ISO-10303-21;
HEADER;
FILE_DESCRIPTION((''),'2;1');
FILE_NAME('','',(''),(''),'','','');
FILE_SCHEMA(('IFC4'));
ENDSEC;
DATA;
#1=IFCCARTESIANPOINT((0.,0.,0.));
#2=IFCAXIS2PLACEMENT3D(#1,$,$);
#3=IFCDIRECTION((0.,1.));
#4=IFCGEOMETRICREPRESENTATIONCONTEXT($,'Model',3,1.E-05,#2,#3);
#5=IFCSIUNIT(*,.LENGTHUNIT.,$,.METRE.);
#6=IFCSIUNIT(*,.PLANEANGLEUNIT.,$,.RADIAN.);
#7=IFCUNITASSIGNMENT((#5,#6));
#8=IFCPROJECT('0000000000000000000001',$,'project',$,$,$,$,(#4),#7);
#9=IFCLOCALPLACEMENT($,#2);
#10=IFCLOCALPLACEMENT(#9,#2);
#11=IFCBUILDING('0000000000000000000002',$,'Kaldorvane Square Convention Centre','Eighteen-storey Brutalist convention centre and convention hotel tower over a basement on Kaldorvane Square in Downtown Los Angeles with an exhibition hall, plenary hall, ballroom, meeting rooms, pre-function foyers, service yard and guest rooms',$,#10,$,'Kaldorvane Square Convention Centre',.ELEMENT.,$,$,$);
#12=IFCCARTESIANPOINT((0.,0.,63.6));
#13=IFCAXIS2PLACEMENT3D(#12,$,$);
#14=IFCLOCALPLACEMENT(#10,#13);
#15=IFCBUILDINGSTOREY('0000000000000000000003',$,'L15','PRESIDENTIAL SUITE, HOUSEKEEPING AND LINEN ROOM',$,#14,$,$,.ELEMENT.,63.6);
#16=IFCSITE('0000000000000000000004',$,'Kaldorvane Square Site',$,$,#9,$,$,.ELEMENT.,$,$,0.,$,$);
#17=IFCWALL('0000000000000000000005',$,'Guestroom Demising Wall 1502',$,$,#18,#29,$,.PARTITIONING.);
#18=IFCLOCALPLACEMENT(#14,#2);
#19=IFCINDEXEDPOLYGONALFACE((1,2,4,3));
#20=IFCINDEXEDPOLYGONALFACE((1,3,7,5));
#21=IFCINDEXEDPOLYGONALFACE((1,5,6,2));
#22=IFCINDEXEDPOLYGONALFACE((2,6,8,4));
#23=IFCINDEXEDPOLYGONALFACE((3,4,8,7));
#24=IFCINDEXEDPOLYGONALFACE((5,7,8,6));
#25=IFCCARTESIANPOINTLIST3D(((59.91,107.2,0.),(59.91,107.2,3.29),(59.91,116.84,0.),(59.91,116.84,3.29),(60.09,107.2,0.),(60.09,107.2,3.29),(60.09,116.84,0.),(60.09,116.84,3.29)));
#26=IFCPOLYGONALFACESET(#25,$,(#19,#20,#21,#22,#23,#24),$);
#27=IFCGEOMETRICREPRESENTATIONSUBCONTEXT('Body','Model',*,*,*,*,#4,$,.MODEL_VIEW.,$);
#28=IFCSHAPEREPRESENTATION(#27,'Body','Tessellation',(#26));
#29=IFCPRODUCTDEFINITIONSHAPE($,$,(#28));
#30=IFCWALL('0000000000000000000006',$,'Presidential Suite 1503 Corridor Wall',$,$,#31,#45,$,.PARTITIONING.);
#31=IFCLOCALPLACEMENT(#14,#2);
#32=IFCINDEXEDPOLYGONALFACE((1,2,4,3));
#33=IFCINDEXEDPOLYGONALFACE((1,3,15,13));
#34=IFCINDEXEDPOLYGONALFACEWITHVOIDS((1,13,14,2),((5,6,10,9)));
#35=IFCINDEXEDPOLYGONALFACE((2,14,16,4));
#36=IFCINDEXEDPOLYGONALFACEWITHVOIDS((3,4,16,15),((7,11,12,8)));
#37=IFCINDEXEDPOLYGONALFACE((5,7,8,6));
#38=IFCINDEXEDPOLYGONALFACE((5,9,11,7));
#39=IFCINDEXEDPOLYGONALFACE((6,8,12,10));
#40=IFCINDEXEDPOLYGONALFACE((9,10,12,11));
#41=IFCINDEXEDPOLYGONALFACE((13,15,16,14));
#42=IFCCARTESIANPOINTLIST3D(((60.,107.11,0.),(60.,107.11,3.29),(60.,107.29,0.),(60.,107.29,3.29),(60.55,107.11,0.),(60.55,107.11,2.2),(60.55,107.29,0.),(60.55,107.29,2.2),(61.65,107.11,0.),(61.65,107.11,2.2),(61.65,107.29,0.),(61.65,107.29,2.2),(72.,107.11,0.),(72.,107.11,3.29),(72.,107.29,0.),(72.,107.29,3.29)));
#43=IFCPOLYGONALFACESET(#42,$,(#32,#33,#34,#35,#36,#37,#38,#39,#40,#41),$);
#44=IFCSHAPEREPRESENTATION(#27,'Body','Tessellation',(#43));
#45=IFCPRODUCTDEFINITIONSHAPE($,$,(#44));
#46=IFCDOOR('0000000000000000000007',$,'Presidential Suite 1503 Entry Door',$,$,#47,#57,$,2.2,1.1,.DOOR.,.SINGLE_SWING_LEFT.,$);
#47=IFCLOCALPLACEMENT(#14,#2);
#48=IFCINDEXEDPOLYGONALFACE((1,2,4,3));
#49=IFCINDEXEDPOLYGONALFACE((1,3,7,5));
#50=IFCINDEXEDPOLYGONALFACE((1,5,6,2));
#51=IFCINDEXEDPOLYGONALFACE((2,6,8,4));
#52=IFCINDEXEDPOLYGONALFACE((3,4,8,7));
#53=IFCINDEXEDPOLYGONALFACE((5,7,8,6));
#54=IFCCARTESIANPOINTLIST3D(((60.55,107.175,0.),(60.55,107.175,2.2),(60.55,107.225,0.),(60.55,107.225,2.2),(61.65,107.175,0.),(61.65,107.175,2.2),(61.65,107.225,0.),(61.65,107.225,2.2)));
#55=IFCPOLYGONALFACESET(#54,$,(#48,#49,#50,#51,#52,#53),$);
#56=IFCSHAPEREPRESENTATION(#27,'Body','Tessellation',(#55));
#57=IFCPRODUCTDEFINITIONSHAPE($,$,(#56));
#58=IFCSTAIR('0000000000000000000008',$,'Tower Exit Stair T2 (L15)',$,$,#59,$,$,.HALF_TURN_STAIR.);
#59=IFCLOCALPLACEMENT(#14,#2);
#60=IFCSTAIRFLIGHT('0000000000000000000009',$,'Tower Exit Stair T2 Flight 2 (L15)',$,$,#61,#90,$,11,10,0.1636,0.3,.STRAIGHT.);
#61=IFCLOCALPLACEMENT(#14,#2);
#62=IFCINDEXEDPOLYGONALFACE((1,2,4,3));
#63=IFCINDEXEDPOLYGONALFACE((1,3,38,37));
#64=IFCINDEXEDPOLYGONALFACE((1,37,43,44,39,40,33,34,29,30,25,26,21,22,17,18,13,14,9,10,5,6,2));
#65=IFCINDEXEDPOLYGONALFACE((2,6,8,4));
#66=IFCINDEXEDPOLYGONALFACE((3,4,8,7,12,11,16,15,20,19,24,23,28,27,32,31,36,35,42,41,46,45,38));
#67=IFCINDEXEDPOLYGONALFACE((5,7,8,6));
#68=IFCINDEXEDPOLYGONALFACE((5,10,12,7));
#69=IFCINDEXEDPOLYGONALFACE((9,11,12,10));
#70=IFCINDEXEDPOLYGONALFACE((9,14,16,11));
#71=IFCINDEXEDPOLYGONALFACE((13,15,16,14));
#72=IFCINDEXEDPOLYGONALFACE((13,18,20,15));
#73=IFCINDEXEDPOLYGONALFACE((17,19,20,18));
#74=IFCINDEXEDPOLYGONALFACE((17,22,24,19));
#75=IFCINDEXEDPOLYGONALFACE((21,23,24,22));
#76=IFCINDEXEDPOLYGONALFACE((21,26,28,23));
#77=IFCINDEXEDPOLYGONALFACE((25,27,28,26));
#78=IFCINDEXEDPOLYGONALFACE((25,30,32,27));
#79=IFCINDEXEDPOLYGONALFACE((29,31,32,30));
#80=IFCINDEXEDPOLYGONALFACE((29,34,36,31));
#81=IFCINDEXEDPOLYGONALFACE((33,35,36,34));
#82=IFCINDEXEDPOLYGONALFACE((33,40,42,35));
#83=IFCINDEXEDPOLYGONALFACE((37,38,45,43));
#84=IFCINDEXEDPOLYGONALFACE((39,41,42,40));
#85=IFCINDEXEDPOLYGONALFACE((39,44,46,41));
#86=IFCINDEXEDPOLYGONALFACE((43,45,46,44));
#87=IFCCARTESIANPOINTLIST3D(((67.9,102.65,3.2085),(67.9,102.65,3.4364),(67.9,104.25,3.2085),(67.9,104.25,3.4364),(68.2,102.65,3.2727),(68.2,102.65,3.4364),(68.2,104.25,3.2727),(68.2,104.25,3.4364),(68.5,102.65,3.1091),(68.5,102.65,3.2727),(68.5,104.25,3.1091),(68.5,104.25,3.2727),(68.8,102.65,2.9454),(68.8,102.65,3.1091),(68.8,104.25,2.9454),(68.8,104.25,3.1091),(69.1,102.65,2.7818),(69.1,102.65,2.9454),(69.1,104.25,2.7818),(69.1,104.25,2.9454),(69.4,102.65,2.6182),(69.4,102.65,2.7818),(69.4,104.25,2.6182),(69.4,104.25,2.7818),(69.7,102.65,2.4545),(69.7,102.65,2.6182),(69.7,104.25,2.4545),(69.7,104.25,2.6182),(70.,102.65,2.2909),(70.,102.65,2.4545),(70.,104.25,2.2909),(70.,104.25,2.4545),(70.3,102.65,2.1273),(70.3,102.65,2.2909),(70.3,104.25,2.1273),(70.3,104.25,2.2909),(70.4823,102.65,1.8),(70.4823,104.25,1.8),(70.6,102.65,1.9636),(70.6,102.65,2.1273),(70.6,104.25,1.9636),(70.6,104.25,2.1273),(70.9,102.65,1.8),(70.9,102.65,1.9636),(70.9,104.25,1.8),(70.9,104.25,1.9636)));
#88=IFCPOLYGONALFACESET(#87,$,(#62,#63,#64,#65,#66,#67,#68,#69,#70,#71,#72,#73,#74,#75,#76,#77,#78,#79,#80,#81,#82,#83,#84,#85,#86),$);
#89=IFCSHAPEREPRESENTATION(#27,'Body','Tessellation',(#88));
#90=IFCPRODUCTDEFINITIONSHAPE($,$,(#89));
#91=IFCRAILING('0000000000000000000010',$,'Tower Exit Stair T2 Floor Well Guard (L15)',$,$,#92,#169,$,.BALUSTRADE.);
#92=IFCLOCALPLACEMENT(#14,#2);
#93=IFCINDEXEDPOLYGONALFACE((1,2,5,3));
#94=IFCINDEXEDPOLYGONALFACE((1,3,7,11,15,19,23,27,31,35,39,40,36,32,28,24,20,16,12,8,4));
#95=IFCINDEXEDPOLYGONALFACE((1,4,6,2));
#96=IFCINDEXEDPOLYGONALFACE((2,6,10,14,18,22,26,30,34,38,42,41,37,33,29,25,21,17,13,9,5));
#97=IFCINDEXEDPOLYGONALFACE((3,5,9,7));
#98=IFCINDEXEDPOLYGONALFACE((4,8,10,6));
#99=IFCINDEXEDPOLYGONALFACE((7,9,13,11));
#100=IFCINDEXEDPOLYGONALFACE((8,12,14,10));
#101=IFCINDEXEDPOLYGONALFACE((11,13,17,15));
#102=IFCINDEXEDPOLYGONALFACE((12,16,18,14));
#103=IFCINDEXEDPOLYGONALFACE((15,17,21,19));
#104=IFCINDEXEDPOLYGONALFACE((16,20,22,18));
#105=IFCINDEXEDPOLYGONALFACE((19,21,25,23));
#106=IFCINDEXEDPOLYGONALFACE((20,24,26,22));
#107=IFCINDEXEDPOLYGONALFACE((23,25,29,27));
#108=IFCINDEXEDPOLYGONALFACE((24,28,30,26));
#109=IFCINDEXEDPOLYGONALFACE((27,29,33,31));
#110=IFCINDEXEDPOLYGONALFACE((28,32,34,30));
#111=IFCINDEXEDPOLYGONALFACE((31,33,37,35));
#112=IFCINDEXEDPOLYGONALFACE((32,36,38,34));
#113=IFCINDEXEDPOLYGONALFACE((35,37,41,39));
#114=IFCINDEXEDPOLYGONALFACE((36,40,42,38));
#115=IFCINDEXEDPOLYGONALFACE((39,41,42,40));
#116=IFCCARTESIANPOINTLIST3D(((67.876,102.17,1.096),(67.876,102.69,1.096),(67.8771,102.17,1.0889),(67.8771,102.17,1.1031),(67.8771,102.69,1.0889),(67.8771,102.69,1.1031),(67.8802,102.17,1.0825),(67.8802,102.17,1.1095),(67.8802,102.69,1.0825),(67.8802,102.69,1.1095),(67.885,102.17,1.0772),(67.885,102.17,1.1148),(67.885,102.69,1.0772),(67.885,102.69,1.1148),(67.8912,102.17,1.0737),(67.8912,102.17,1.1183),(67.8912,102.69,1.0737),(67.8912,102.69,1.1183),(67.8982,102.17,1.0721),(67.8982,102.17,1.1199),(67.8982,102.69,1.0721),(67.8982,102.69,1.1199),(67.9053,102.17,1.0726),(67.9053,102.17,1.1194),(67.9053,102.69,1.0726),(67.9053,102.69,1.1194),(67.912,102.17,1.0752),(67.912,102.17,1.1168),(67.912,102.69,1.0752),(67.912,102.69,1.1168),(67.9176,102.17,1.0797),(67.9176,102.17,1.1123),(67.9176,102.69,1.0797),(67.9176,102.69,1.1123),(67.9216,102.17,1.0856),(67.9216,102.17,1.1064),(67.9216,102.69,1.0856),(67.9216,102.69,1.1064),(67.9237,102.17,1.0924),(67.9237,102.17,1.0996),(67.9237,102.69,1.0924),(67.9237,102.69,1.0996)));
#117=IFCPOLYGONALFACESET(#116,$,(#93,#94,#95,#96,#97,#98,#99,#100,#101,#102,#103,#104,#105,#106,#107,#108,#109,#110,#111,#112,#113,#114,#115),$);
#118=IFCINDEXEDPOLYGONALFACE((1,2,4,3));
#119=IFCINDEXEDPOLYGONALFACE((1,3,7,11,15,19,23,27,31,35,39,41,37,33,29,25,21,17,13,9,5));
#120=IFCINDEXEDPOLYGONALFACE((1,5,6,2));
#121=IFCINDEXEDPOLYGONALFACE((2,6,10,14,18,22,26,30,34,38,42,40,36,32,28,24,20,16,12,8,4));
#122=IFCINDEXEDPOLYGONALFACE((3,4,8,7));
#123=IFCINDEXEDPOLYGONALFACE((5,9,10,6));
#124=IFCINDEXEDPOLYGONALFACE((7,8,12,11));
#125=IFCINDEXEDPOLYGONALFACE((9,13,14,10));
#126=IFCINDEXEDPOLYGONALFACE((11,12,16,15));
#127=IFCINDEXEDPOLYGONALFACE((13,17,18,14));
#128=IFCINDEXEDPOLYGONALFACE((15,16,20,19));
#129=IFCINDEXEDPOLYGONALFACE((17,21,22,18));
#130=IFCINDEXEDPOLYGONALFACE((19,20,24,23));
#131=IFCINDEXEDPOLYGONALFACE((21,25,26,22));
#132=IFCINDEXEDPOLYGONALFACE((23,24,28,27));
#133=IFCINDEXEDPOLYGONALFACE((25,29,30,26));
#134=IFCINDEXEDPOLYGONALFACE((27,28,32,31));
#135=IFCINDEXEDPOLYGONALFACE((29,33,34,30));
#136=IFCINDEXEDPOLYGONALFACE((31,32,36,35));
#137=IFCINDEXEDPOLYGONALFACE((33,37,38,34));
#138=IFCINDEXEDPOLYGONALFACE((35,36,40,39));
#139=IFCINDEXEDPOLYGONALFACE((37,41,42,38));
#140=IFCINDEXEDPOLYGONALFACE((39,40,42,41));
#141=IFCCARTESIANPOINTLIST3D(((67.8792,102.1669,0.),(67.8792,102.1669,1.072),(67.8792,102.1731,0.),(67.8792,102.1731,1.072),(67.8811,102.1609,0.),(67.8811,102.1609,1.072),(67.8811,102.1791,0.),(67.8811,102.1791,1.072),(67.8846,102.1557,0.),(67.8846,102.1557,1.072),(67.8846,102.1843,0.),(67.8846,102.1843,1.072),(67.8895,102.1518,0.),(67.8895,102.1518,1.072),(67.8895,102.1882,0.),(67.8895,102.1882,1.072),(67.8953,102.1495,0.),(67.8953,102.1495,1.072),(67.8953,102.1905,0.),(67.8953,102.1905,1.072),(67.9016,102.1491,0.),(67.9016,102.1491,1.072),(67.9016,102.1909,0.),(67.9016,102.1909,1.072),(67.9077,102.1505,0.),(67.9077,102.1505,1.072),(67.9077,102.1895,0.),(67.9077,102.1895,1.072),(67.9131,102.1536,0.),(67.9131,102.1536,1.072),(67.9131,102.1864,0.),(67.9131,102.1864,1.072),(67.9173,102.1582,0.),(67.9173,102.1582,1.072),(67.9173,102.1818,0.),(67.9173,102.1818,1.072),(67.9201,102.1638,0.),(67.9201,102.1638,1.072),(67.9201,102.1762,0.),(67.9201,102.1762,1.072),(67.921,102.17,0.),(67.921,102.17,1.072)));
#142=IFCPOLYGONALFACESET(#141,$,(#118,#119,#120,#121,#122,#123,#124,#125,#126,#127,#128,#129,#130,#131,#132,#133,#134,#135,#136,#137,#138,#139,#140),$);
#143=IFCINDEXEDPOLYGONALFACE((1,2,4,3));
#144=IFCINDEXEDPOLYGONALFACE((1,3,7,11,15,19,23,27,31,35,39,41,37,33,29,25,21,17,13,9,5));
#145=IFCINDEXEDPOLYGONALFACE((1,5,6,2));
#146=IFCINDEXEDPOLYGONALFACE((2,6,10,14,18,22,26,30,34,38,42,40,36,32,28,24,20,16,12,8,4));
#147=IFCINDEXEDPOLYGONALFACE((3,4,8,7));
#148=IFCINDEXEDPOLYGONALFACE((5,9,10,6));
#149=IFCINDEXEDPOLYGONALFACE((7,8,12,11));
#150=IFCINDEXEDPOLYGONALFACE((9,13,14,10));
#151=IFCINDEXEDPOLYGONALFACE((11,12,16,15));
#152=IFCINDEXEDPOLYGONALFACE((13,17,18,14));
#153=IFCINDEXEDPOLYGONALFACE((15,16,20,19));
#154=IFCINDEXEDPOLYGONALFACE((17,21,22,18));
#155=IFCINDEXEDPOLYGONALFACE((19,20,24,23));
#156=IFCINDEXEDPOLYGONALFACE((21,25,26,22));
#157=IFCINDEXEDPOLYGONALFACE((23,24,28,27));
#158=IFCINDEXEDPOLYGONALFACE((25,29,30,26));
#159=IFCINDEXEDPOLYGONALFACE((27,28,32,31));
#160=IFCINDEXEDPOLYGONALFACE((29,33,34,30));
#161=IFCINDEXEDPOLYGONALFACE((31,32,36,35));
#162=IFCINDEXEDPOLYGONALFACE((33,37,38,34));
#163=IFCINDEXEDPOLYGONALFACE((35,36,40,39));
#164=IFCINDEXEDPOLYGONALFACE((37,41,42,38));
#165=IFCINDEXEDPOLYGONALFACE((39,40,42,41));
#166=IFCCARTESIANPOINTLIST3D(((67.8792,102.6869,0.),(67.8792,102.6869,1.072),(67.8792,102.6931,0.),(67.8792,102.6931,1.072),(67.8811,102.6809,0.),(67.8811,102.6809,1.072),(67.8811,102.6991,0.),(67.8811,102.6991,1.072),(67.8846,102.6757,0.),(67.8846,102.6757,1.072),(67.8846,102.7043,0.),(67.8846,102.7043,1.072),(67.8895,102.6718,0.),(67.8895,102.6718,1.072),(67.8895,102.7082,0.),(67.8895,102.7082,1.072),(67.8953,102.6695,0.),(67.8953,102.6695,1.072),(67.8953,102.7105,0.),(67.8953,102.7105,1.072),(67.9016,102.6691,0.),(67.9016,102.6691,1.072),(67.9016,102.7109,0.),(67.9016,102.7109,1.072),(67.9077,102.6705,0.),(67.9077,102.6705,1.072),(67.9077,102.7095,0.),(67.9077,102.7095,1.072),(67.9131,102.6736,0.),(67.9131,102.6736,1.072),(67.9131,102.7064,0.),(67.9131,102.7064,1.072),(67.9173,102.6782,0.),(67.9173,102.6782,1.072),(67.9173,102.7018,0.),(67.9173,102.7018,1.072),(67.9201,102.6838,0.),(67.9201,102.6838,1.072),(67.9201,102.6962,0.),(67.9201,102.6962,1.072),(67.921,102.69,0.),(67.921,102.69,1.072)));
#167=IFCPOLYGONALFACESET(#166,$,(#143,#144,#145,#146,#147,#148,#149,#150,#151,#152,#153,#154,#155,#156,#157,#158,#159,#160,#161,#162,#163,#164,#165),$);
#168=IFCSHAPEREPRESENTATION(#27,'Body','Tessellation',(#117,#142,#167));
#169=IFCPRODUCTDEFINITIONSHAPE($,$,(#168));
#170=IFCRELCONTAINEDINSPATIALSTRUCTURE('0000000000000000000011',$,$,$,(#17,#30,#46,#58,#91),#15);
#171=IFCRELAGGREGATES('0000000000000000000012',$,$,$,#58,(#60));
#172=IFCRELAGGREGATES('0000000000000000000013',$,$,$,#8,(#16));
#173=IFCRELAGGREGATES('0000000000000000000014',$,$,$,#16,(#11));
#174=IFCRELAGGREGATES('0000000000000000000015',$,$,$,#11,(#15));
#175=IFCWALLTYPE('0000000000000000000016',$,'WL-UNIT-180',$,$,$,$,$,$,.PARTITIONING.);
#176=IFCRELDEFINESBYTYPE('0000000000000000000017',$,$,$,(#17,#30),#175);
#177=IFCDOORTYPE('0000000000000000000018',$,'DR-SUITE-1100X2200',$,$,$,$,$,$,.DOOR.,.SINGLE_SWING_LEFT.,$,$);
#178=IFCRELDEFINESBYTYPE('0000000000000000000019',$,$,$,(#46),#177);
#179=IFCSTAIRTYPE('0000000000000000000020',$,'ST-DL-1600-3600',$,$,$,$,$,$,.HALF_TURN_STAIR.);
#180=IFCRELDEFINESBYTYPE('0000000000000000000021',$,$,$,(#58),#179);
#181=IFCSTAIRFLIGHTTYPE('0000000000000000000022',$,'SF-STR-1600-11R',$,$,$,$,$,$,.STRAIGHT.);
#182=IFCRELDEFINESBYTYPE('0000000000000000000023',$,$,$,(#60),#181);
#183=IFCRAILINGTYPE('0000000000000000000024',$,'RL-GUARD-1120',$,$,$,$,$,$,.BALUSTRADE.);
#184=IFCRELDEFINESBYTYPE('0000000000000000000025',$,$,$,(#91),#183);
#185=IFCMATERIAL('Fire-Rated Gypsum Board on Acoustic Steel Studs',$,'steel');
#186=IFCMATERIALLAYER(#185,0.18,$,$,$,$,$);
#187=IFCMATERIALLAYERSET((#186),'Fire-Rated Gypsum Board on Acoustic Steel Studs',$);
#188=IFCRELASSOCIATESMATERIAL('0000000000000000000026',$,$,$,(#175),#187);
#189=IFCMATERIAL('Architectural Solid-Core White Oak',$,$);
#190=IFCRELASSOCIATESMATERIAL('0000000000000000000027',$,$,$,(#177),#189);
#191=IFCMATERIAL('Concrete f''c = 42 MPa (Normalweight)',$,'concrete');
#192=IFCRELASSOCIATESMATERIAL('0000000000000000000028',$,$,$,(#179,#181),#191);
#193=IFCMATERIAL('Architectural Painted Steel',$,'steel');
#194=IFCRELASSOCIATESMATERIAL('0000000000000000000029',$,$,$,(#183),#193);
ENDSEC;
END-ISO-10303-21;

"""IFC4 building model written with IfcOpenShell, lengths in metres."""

from ifc_helpers import new_model, si_unit, direction, frame, frame_2d, origin, origin_2d, place, context, subcontext, project, spatial, polyline, rectangle, circle, outline, extrude, material, layer, layer_set, type_object, element, fill, aggregate, save


model = new_model("IFC4")

# Units and contexts
model_context = context("Model", 3, precision=1e-05, world=origin(), true_north=direction((0.0, 1.0)))
body_context = subcontext(model_context, "Body", "Model", "MODEL_VIEW")
ifc_project = project(units=[si_unit("LENGTHUNIT", "METRE"), si_unit("PLANEANGLEUNIT", "RADIAN")], contexts=[model_context])

# Site, building, storey
site_placement = place(None, origin())
site = spatial("IfcSite", under=ifc_project, at=site_placement, Name="Kaldorvane Square Site", CompositionType="ELEMENT", RefElevation=0.0)
building_placement = place(site_placement, origin())
building = spatial("IfcBuilding", under=site, at=building_placement, Name="Kaldorvane Square Convention Centre", Description="Eighteen-storey Brutalist convention centre and convention hotel tower over a basement on Kaldorvane Square in Downtown Los Angeles with an exhibition hall, plenary hall, ballroom, meeting rooms, pre-function foyers, service yard and guest rooms", LongName="Kaldorvane Square Convention Centre", CompositionType="ELEMENT")
storey_placement = place(building_placement, frame((0.0, 0.0, 63.6)))
storey = spatial("IfcBuildingStorey", under=building, at=storey_placement, Name="L15", Description="PRESIDENTIAL SUITE, HOUSEKEEPING AND LINEN ROOM", CompositionType="ELEMENT", Elevation=63.6)

# Shared definitions
ifc_material_1 = material(Name="Concrete f'c = 42 MPa (Normalweight)", Category="concrete")

# Shared definitions
ifc_material_2 = material(Name="Fire-Rated Gypsum Board on Acoustic Steel Studs", Category="steel")
ifc_material_3 = material(Name="Architectural Solid-Core White Oak")

# Wall
ifc_layer_1 = layer(ifc_material_2, 0.18)
ifc_layer_set_1 = layer_set([ifc_layer_1], Name="Fire-Rated Gypsum Board on Acoustic Steel Studs")
wall_type_1 = type_object("IfcWallType", Name="WL-UNIT-180", PredefinedType="PARTITIONING", material=ifc_layer_set_1)
wall_1_placement = place(storey_placement, frame((60.0, 107.2, 0.0), z_axis=(0.0, 0.0, 1.0), x_axis=(0.0, 1.0, 0.0)))
element("IfcWall", 1, at=wall_1_placement, inside=storey, type_object=wall_type_1, Name="Guestroom Demising Wall 1502", PredefinedType="PARTITIONING", context=body_context, shape_type="SweptSolid", body=[
    extrude(rectangle(XDim=9.64, YDim=0.18, at=frame_2d((4.82, 0.0))), origin(), (0.0, 0.0, 1.0), 3.29),
])

# Wall, opening, door
wall_2_placement = place(storey_placement, frame((60.0, 107.2, 0.0), z_axis=(0.0, 0.0, 1.0), x_axis=(1.0, 0.0, 0.0)))
wall_2 = element("IfcWall", 2, at=wall_2_placement, inside=storey, type_object=wall_type_1, Name="Presidential Suite 1503 Corridor Wall", PredefinedType="PARTITIONING", context=body_context, shape_type="SweptSolid", body=[
    extrude(rectangle(XDim=12.0, YDim=0.18, at=frame_2d((6.0, 0.0))), origin(), (0.0, 0.0, 1.0), 3.29),
])
opening_1_placement = place(wall_2_placement, frame((0.55, 0.0, 0.0)))
opening_1 = element("IfcOpeningElement", 3, at=opening_1_placement, cuts=wall_2, PredefinedType="OPENING", context=body_context, shape_type="SweptSolid", body=[
    extrude(rectangle(XDim=1.1, YDim=2.2, at=frame_2d((0.55, 1.1))), frame((0.0, 0.105, 0.0), z_axis=(0.0, -1.0, 0.0), x_axis=(1.0, 0.0, 0.0)), (0.0, 0.0, 1.0), 0.21),
])
door_type_1 = type_object("IfcDoorType", Name="DR-SUITE-1100X2200", OperationType="SINGLE_SWING_LEFT", PredefinedType="DOOR", material=ifc_material_3)
door_1_placement = place(opening_1_placement, origin())
door_1 = element("IfcDoor", 4, at=door_1_placement, inside=storey, type_object=door_type_1, Name="Presidential Suite 1503 Entry Door", OperationType="SINGLE_SWING_LEFT", OverallHeight=2.2, OverallWidth=1.1, PredefinedType="DOOR", context=body_context, shape_type="SweptSolid", body=[
    extrude(rectangle(XDim=1.1, YDim=2.2, at=frame_2d((0.55, 1.1))), frame((0.0, 0.025, 0.0), z_axis=(0.0, -1.0, 0.0), x_axis=(1.0, 0.0, 0.0)), (0.0, 0.0, 1.0), 0.05),
])
fill(opening_1, door_1)

# Stair, stair flight
stair_type = type_object("IfcStairType", Name="ST-DL-1600-3600", PredefinedType="HALF_TURN_STAIR", material=ifc_material_1)
stair_placement = place(storey_placement, origin())
stair = element("IfcStair", 5, at=stair_placement, inside=storey, type_object=stair_type, Name="Tower Exit Stair T2 (L15)", PredefinedType="HALF_TURN_STAIR")
stair_flight_type = type_object("IfcStairFlightType", Name="SF-STR-1600-11R", PredefinedType="STRAIGHT", material=ifc_material_1)
stair_flight_placement = place(storey_placement, frame((70.9, 103.45, 1.8), z_axis=(0.0, 0.0, 1.0), x_axis=(-1.0, 0.0, 0.0)))
stair_flight = element("IfcStairFlight", 6, at=stair_flight_placement, type_object=stair_flight_type, Name="Tower Exit Stair T2 Flight 2 (L15)", NumberOfRisers=11, NumberOfTreads=10, PredefinedType="STRAIGHT", RiserHeight=0.1636, TreadLength=0.3, context=body_context, shape_type="SweptSolid", body=[
    extrude(outline(polyline([(0.0, 0.0), (0.0, 0.1636), (0.3, 0.1636), (0.3, 0.3273), (0.6, 0.3273), (0.6, 0.4909), (0.9, 0.4909), (0.9, 0.6545), (1.2, 0.6545), (1.2, 0.8182), (1.5, 0.8182), (1.5, 0.9818), (1.8, 0.9818), (1.8, 1.1455), (2.1, 1.1455), (2.1, 1.3091), (2.4, 1.3091), (2.4, 1.4727), (2.7, 1.4727), (2.7, 1.6364), (3.0, 1.6364), (3.0, 1.8), (3.0, 1.4086), (0.4177, 0.0), (0.0, 0.0)])), frame((0.0, 0.8, 0.0), z_axis=(0.0, -1.0, 0.0), x_axis=(1.0, 0.0, 0.0)), (0.0, 0.0, 1.0), 1.6),
])
aggregate(stair, [stair_flight])

# Railing
ifc_material_4 = material(Name="Architectural Painted Steel", Category="steel")
railing_type = type_object("IfcRailingType", Name="RL-GUARD-1120", PredefinedType="BALUSTRADE", material=ifc_material_4)
for number, where, name in (
    (7, (67.9, 102.17, 0.0), "Tower Exit Stair T2 Floor Well Guard (L15)"),
):
    element("IfcRailing", number, at=place(storey_placement, frame(where)), inside=storey, type_object=railing_type, Name=name, PredefinedType="BALUSTRADE", context=body_context, shape_type="SweptSolid", body=[
        extrude(circle(Radius=0.024, at=origin_2d()), frame((0.0, 0.0, 1.096), z_axis=(0.0, 1.0, 0.0), x_axis=(-1.0, 0.0, 0.0)), (0.0, 0.0, 1.0), 0.52),
        extrude(circle(Radius=0.021, at=origin_2d()), origin(), (0.0, 0.0, 1.0), 1.072),
        extrude(circle(Radius=0.021, at=origin_2d()), frame((0.0, 0.52, 0.0)), (0.0, 0.0, 1.0), 1.072),
    ])

save(model, "model.ifc")
